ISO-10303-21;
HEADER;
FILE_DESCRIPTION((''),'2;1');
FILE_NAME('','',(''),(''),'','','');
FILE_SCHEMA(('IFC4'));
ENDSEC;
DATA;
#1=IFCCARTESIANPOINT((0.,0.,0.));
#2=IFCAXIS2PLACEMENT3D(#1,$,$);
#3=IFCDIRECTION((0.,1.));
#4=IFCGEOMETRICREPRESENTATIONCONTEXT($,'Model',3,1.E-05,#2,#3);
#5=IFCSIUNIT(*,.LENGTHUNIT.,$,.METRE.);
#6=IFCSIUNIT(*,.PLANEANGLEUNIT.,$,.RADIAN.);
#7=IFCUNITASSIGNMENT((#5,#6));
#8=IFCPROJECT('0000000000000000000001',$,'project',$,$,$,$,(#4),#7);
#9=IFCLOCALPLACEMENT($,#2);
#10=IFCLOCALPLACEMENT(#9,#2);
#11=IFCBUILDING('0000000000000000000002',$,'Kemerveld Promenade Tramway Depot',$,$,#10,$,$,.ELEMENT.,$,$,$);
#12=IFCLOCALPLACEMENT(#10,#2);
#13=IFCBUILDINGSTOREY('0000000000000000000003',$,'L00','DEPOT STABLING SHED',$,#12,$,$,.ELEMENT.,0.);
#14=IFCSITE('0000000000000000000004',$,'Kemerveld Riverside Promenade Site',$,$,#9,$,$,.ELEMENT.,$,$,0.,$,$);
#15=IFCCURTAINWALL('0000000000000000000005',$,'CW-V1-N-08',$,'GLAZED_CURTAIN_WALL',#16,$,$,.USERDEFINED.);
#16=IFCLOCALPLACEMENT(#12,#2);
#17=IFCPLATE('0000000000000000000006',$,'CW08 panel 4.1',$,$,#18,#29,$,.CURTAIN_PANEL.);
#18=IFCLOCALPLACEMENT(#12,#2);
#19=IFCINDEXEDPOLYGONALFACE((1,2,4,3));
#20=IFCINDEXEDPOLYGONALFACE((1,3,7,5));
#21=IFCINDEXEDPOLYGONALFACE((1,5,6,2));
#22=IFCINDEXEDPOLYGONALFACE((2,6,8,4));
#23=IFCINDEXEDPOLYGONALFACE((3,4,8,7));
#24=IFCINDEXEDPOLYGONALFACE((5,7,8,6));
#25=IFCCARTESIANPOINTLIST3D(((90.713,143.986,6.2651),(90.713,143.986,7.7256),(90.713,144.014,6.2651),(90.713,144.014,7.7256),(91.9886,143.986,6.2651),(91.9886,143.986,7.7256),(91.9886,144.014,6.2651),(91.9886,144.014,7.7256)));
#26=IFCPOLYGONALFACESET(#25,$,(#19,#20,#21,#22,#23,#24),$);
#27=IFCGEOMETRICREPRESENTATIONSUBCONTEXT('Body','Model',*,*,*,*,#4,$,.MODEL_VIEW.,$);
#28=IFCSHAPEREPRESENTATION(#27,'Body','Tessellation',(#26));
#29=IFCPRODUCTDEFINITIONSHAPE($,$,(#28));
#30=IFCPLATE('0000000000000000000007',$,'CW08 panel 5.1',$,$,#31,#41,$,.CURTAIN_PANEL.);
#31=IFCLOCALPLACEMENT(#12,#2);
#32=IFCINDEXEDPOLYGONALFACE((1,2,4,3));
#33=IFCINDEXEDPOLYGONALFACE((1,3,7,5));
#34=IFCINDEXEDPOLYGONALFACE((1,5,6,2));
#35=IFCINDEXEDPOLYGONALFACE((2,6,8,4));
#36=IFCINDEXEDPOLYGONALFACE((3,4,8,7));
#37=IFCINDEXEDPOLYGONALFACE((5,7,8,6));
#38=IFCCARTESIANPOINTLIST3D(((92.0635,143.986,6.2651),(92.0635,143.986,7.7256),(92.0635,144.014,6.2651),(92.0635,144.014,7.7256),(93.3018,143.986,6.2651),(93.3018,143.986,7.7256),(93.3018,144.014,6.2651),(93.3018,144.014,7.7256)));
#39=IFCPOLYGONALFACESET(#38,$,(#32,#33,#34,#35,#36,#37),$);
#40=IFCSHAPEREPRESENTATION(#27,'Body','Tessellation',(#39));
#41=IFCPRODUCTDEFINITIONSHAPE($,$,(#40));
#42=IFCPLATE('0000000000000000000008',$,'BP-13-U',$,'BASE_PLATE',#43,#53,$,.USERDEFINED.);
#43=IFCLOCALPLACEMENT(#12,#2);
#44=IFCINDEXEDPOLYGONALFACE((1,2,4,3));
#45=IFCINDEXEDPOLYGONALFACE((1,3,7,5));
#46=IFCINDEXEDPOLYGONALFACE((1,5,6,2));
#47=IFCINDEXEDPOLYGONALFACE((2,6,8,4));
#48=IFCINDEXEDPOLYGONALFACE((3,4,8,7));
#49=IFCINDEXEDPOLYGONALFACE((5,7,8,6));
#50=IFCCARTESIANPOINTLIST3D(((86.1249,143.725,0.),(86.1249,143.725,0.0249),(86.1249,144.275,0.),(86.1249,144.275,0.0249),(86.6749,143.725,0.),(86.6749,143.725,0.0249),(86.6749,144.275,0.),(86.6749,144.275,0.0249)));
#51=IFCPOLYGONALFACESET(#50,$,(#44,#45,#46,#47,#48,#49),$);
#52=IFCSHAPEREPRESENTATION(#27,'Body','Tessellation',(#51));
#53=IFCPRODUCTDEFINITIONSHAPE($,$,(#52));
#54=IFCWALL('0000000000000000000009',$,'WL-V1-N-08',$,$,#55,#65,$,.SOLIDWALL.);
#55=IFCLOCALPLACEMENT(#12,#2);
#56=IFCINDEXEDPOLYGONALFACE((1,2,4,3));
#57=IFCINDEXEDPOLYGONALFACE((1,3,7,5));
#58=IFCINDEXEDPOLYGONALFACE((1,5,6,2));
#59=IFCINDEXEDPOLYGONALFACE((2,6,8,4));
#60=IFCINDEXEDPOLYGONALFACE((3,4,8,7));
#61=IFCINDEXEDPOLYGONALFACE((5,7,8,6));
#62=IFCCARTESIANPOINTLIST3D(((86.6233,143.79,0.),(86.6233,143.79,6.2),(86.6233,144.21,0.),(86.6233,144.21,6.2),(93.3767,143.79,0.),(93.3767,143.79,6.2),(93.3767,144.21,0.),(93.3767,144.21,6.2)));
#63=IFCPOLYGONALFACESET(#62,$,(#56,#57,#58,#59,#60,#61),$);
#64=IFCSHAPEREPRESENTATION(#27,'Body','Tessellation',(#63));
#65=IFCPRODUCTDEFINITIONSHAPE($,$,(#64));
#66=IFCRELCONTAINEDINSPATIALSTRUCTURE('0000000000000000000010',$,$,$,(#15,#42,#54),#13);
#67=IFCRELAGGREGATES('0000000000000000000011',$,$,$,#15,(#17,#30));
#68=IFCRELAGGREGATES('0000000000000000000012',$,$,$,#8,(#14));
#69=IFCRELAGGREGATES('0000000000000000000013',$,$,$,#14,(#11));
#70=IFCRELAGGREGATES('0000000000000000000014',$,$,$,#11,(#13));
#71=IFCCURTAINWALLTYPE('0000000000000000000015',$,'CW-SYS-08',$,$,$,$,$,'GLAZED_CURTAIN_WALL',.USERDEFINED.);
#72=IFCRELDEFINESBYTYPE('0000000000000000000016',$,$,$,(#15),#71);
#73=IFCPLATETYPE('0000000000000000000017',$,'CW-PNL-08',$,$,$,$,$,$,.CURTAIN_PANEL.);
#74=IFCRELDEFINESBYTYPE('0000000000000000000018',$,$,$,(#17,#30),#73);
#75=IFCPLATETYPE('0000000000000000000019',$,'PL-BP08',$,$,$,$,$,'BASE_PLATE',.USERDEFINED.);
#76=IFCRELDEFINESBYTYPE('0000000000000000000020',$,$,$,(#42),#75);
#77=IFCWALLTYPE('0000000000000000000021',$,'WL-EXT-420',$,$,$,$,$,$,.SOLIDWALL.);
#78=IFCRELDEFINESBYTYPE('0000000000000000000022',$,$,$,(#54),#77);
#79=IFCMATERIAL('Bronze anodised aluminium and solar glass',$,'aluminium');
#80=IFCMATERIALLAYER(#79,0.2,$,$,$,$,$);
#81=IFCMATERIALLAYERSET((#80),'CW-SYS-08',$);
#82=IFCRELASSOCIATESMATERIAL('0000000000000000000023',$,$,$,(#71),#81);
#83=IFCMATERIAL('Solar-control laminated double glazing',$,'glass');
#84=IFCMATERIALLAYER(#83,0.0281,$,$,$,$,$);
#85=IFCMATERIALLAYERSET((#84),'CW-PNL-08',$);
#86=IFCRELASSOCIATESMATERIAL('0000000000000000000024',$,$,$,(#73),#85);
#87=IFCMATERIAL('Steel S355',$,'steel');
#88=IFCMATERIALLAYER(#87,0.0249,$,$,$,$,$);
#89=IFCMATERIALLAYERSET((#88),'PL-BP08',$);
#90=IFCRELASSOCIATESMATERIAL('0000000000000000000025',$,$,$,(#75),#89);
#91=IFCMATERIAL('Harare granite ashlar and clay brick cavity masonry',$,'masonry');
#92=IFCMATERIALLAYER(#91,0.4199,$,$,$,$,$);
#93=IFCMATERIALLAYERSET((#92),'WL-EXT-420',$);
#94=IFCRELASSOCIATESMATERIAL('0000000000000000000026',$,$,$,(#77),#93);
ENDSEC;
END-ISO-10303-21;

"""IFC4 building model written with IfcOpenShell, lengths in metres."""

from ifc_helpers import new_model, si_unit, direction, frame, frame_2d, origin, origin_2d, place, context, subcontext, project, spatial, rectangle, extrude, material, layer, layer_set, type_object, element, aggregate, save


model = new_model("IFC4")

# Units and contexts
model_context = context("Model", 3, precision=1e-05, world=origin(), true_north=direction((0.0, 1.0)))
body_context = subcontext(model_context, "Body", "Model", "MODEL_VIEW")
ifc_project = project(units=[si_unit("LENGTHUNIT", "METRE"), si_unit("PLANEANGLEUNIT", "RADIAN")], contexts=[model_context])

# Site, building, storey
site_placement = place(None, origin())
site = spatial("IfcSite", under=ifc_project, at=site_placement, Name="Kemerveld Riverside Promenade Site", CompositionType="ELEMENT", RefElevation=0.0)
building_placement = place(site_placement, origin())
building = spatial("IfcBuilding", under=site, at=building_placement, Name="Kemerveld Promenade Tramway Depot", CompositionType="ELEMENT")
storey_placement = place(building_placement, origin())
storey = spatial("IfcBuildingStorey", under=building, at=storey_placement, Name="L00", Description="DEPOT STABLING SHED", CompositionType="ELEMENT", Elevation=0.0)

# Shared definitions
ifc_material_1 = material(Name="Steel S355", Category="steel")

# Shared definitions
ifc_material_2 = material(Name="Bronze anodised aluminium and solar glass", Category="aluminium")

# Curtain wall
ifc_layer_1 = layer(ifc_material_2, 0.2)
ifc_layer_set_1 = layer_set([ifc_layer_1], Name="CW-SYS-08")
curtain_wall_type_1 = type_object("IfcCurtainWallType", Name="CW-SYS-08", ElementType="GLAZED_CURTAIN_WALL", PredefinedType="USERDEFINED", material=ifc_layer_set_1)
curtain_wall_1_placement = place(storey_placement, origin())
curtain_wall_1 = element("IfcCurtainWall", 1, at=curtain_wall_1_placement, inside=storey, type_object=curtain_wall_type_1, Name="CW-V1-N-08", ObjectType="GLAZED_CURTAIN_WALL", PredefinedType="USERDEFINED")

# Plates
ifc_material_3 = material(Name="Solar-control laminated double glazing", Category="glass")
ifc_layer_2 = layer(ifc_material_3, 0.0281)
ifc_layer_set_2 = layer_set([ifc_layer_2], Name="CW-PNL-08")
plate_type_1 = type_object("IfcPlateType", Name="CW-PNL-08", PredefinedType="CURTAIN_PANEL", material=ifc_layer_set_2)
plate_1_placement = place(storey_placement, frame((91.3508, 144.0, 6.2651), z_axis=(0.0, 0.0, 1.0), x_axis=(1.0, 0.0, 0.0)))
plate_1 = element("IfcPlate", 2, at=plate_1_placement, type_object=plate_type_1, Name="CW08 panel 4.1", PredefinedType="CURTAIN_PANEL", context=body_context, shape_type="SweptSolid", body=[
    extrude(rectangle(XDim=1.2756, YDim=0.0281, at=origin_2d()), origin(), (0.0, 0.0, 1.0), 1.4604),
])
plate_2_placement = place(storey_placement, frame((92.6826, 144.0, 6.2651), z_axis=(0.0, 0.0, 1.0), x_axis=(1.0, 0.0, 0.0)))
plate_2 = element("IfcPlate", 3, at=plate_2_placement, type_object=plate_type_1, Name="CW08 panel 5.1", PredefinedType="CURTAIN_PANEL", context=body_context, shape_type="SweptSolid", body=[
    extrude(rectangle(XDim=1.2383, YDim=0.0281, at=origin_2d()), origin(), (0.0, 0.0, 1.0), 1.4604),
])
aggregate(curtain_wall_1, [plate_1, plate_2])
ifc_layer_3 = layer(ifc_material_1, 0.0249)
ifc_layer_set_3 = layer_set([ifc_layer_3], Name="PL-BP08")
plate_type_2 = type_object("IfcPlateType", Name="PL-BP08", ElementType="BASE_PLATE", PredefinedType="USERDEFINED", material=ifc_layer_set_3)
plate_3_placement = place(storey_placement, frame((86.3999, 144.0, 0.0), z_axis=(0.0, 0.0, 1.0), x_axis=(1.0, 0.0, 0.0)))
element("IfcPlate", 4, at=plate_3_placement, inside=storey, type_object=plate_type_2, Name="BP-13-U", ObjectType="BASE_PLATE", PredefinedType="USERDEFINED", context=body_context, shape_type="SweptSolid", body=[
    extrude(rectangle(XDim=0.55, YDim=0.55, at=origin_2d()), origin(), (0.0, 0.0, 1.0), 0.0249),
])

# Wall
ifc_material_4 = material(Name="Harare granite ashlar and clay brick cavity masonry", Category="masonry")
ifc_layer_4 = layer(ifc_material_4, 0.4199)
ifc_layer_set_4 = layer_set([ifc_layer_4], Name="WL-EXT-420")
wall_type = type_object("IfcWallType", Name="WL-EXT-420", PredefinedType="SOLIDWALL", material=ifc_layer_set_4)
wall_1_placement = place(storey_placement, frame((86.6233, 144.0, 0.0), z_axis=(0.0, 0.0, 1.0), x_axis=(1.0, 0.0, 0.0)))
element("IfcWall", 5, at=wall_1_placement, inside=storey, type_object=wall_type, Name="WL-V1-N-08", PredefinedType="SOLIDWALL", context=body_context, shape_type="SweptSolid", body=[
    extrude(rectangle(XDim=6.7534, YDim=0.4199, at=frame_2d((3.3767, 0.0))), origin(), (0.0, 0.0, 1.0), 6.2),
])

save(model, "model.ifc")
